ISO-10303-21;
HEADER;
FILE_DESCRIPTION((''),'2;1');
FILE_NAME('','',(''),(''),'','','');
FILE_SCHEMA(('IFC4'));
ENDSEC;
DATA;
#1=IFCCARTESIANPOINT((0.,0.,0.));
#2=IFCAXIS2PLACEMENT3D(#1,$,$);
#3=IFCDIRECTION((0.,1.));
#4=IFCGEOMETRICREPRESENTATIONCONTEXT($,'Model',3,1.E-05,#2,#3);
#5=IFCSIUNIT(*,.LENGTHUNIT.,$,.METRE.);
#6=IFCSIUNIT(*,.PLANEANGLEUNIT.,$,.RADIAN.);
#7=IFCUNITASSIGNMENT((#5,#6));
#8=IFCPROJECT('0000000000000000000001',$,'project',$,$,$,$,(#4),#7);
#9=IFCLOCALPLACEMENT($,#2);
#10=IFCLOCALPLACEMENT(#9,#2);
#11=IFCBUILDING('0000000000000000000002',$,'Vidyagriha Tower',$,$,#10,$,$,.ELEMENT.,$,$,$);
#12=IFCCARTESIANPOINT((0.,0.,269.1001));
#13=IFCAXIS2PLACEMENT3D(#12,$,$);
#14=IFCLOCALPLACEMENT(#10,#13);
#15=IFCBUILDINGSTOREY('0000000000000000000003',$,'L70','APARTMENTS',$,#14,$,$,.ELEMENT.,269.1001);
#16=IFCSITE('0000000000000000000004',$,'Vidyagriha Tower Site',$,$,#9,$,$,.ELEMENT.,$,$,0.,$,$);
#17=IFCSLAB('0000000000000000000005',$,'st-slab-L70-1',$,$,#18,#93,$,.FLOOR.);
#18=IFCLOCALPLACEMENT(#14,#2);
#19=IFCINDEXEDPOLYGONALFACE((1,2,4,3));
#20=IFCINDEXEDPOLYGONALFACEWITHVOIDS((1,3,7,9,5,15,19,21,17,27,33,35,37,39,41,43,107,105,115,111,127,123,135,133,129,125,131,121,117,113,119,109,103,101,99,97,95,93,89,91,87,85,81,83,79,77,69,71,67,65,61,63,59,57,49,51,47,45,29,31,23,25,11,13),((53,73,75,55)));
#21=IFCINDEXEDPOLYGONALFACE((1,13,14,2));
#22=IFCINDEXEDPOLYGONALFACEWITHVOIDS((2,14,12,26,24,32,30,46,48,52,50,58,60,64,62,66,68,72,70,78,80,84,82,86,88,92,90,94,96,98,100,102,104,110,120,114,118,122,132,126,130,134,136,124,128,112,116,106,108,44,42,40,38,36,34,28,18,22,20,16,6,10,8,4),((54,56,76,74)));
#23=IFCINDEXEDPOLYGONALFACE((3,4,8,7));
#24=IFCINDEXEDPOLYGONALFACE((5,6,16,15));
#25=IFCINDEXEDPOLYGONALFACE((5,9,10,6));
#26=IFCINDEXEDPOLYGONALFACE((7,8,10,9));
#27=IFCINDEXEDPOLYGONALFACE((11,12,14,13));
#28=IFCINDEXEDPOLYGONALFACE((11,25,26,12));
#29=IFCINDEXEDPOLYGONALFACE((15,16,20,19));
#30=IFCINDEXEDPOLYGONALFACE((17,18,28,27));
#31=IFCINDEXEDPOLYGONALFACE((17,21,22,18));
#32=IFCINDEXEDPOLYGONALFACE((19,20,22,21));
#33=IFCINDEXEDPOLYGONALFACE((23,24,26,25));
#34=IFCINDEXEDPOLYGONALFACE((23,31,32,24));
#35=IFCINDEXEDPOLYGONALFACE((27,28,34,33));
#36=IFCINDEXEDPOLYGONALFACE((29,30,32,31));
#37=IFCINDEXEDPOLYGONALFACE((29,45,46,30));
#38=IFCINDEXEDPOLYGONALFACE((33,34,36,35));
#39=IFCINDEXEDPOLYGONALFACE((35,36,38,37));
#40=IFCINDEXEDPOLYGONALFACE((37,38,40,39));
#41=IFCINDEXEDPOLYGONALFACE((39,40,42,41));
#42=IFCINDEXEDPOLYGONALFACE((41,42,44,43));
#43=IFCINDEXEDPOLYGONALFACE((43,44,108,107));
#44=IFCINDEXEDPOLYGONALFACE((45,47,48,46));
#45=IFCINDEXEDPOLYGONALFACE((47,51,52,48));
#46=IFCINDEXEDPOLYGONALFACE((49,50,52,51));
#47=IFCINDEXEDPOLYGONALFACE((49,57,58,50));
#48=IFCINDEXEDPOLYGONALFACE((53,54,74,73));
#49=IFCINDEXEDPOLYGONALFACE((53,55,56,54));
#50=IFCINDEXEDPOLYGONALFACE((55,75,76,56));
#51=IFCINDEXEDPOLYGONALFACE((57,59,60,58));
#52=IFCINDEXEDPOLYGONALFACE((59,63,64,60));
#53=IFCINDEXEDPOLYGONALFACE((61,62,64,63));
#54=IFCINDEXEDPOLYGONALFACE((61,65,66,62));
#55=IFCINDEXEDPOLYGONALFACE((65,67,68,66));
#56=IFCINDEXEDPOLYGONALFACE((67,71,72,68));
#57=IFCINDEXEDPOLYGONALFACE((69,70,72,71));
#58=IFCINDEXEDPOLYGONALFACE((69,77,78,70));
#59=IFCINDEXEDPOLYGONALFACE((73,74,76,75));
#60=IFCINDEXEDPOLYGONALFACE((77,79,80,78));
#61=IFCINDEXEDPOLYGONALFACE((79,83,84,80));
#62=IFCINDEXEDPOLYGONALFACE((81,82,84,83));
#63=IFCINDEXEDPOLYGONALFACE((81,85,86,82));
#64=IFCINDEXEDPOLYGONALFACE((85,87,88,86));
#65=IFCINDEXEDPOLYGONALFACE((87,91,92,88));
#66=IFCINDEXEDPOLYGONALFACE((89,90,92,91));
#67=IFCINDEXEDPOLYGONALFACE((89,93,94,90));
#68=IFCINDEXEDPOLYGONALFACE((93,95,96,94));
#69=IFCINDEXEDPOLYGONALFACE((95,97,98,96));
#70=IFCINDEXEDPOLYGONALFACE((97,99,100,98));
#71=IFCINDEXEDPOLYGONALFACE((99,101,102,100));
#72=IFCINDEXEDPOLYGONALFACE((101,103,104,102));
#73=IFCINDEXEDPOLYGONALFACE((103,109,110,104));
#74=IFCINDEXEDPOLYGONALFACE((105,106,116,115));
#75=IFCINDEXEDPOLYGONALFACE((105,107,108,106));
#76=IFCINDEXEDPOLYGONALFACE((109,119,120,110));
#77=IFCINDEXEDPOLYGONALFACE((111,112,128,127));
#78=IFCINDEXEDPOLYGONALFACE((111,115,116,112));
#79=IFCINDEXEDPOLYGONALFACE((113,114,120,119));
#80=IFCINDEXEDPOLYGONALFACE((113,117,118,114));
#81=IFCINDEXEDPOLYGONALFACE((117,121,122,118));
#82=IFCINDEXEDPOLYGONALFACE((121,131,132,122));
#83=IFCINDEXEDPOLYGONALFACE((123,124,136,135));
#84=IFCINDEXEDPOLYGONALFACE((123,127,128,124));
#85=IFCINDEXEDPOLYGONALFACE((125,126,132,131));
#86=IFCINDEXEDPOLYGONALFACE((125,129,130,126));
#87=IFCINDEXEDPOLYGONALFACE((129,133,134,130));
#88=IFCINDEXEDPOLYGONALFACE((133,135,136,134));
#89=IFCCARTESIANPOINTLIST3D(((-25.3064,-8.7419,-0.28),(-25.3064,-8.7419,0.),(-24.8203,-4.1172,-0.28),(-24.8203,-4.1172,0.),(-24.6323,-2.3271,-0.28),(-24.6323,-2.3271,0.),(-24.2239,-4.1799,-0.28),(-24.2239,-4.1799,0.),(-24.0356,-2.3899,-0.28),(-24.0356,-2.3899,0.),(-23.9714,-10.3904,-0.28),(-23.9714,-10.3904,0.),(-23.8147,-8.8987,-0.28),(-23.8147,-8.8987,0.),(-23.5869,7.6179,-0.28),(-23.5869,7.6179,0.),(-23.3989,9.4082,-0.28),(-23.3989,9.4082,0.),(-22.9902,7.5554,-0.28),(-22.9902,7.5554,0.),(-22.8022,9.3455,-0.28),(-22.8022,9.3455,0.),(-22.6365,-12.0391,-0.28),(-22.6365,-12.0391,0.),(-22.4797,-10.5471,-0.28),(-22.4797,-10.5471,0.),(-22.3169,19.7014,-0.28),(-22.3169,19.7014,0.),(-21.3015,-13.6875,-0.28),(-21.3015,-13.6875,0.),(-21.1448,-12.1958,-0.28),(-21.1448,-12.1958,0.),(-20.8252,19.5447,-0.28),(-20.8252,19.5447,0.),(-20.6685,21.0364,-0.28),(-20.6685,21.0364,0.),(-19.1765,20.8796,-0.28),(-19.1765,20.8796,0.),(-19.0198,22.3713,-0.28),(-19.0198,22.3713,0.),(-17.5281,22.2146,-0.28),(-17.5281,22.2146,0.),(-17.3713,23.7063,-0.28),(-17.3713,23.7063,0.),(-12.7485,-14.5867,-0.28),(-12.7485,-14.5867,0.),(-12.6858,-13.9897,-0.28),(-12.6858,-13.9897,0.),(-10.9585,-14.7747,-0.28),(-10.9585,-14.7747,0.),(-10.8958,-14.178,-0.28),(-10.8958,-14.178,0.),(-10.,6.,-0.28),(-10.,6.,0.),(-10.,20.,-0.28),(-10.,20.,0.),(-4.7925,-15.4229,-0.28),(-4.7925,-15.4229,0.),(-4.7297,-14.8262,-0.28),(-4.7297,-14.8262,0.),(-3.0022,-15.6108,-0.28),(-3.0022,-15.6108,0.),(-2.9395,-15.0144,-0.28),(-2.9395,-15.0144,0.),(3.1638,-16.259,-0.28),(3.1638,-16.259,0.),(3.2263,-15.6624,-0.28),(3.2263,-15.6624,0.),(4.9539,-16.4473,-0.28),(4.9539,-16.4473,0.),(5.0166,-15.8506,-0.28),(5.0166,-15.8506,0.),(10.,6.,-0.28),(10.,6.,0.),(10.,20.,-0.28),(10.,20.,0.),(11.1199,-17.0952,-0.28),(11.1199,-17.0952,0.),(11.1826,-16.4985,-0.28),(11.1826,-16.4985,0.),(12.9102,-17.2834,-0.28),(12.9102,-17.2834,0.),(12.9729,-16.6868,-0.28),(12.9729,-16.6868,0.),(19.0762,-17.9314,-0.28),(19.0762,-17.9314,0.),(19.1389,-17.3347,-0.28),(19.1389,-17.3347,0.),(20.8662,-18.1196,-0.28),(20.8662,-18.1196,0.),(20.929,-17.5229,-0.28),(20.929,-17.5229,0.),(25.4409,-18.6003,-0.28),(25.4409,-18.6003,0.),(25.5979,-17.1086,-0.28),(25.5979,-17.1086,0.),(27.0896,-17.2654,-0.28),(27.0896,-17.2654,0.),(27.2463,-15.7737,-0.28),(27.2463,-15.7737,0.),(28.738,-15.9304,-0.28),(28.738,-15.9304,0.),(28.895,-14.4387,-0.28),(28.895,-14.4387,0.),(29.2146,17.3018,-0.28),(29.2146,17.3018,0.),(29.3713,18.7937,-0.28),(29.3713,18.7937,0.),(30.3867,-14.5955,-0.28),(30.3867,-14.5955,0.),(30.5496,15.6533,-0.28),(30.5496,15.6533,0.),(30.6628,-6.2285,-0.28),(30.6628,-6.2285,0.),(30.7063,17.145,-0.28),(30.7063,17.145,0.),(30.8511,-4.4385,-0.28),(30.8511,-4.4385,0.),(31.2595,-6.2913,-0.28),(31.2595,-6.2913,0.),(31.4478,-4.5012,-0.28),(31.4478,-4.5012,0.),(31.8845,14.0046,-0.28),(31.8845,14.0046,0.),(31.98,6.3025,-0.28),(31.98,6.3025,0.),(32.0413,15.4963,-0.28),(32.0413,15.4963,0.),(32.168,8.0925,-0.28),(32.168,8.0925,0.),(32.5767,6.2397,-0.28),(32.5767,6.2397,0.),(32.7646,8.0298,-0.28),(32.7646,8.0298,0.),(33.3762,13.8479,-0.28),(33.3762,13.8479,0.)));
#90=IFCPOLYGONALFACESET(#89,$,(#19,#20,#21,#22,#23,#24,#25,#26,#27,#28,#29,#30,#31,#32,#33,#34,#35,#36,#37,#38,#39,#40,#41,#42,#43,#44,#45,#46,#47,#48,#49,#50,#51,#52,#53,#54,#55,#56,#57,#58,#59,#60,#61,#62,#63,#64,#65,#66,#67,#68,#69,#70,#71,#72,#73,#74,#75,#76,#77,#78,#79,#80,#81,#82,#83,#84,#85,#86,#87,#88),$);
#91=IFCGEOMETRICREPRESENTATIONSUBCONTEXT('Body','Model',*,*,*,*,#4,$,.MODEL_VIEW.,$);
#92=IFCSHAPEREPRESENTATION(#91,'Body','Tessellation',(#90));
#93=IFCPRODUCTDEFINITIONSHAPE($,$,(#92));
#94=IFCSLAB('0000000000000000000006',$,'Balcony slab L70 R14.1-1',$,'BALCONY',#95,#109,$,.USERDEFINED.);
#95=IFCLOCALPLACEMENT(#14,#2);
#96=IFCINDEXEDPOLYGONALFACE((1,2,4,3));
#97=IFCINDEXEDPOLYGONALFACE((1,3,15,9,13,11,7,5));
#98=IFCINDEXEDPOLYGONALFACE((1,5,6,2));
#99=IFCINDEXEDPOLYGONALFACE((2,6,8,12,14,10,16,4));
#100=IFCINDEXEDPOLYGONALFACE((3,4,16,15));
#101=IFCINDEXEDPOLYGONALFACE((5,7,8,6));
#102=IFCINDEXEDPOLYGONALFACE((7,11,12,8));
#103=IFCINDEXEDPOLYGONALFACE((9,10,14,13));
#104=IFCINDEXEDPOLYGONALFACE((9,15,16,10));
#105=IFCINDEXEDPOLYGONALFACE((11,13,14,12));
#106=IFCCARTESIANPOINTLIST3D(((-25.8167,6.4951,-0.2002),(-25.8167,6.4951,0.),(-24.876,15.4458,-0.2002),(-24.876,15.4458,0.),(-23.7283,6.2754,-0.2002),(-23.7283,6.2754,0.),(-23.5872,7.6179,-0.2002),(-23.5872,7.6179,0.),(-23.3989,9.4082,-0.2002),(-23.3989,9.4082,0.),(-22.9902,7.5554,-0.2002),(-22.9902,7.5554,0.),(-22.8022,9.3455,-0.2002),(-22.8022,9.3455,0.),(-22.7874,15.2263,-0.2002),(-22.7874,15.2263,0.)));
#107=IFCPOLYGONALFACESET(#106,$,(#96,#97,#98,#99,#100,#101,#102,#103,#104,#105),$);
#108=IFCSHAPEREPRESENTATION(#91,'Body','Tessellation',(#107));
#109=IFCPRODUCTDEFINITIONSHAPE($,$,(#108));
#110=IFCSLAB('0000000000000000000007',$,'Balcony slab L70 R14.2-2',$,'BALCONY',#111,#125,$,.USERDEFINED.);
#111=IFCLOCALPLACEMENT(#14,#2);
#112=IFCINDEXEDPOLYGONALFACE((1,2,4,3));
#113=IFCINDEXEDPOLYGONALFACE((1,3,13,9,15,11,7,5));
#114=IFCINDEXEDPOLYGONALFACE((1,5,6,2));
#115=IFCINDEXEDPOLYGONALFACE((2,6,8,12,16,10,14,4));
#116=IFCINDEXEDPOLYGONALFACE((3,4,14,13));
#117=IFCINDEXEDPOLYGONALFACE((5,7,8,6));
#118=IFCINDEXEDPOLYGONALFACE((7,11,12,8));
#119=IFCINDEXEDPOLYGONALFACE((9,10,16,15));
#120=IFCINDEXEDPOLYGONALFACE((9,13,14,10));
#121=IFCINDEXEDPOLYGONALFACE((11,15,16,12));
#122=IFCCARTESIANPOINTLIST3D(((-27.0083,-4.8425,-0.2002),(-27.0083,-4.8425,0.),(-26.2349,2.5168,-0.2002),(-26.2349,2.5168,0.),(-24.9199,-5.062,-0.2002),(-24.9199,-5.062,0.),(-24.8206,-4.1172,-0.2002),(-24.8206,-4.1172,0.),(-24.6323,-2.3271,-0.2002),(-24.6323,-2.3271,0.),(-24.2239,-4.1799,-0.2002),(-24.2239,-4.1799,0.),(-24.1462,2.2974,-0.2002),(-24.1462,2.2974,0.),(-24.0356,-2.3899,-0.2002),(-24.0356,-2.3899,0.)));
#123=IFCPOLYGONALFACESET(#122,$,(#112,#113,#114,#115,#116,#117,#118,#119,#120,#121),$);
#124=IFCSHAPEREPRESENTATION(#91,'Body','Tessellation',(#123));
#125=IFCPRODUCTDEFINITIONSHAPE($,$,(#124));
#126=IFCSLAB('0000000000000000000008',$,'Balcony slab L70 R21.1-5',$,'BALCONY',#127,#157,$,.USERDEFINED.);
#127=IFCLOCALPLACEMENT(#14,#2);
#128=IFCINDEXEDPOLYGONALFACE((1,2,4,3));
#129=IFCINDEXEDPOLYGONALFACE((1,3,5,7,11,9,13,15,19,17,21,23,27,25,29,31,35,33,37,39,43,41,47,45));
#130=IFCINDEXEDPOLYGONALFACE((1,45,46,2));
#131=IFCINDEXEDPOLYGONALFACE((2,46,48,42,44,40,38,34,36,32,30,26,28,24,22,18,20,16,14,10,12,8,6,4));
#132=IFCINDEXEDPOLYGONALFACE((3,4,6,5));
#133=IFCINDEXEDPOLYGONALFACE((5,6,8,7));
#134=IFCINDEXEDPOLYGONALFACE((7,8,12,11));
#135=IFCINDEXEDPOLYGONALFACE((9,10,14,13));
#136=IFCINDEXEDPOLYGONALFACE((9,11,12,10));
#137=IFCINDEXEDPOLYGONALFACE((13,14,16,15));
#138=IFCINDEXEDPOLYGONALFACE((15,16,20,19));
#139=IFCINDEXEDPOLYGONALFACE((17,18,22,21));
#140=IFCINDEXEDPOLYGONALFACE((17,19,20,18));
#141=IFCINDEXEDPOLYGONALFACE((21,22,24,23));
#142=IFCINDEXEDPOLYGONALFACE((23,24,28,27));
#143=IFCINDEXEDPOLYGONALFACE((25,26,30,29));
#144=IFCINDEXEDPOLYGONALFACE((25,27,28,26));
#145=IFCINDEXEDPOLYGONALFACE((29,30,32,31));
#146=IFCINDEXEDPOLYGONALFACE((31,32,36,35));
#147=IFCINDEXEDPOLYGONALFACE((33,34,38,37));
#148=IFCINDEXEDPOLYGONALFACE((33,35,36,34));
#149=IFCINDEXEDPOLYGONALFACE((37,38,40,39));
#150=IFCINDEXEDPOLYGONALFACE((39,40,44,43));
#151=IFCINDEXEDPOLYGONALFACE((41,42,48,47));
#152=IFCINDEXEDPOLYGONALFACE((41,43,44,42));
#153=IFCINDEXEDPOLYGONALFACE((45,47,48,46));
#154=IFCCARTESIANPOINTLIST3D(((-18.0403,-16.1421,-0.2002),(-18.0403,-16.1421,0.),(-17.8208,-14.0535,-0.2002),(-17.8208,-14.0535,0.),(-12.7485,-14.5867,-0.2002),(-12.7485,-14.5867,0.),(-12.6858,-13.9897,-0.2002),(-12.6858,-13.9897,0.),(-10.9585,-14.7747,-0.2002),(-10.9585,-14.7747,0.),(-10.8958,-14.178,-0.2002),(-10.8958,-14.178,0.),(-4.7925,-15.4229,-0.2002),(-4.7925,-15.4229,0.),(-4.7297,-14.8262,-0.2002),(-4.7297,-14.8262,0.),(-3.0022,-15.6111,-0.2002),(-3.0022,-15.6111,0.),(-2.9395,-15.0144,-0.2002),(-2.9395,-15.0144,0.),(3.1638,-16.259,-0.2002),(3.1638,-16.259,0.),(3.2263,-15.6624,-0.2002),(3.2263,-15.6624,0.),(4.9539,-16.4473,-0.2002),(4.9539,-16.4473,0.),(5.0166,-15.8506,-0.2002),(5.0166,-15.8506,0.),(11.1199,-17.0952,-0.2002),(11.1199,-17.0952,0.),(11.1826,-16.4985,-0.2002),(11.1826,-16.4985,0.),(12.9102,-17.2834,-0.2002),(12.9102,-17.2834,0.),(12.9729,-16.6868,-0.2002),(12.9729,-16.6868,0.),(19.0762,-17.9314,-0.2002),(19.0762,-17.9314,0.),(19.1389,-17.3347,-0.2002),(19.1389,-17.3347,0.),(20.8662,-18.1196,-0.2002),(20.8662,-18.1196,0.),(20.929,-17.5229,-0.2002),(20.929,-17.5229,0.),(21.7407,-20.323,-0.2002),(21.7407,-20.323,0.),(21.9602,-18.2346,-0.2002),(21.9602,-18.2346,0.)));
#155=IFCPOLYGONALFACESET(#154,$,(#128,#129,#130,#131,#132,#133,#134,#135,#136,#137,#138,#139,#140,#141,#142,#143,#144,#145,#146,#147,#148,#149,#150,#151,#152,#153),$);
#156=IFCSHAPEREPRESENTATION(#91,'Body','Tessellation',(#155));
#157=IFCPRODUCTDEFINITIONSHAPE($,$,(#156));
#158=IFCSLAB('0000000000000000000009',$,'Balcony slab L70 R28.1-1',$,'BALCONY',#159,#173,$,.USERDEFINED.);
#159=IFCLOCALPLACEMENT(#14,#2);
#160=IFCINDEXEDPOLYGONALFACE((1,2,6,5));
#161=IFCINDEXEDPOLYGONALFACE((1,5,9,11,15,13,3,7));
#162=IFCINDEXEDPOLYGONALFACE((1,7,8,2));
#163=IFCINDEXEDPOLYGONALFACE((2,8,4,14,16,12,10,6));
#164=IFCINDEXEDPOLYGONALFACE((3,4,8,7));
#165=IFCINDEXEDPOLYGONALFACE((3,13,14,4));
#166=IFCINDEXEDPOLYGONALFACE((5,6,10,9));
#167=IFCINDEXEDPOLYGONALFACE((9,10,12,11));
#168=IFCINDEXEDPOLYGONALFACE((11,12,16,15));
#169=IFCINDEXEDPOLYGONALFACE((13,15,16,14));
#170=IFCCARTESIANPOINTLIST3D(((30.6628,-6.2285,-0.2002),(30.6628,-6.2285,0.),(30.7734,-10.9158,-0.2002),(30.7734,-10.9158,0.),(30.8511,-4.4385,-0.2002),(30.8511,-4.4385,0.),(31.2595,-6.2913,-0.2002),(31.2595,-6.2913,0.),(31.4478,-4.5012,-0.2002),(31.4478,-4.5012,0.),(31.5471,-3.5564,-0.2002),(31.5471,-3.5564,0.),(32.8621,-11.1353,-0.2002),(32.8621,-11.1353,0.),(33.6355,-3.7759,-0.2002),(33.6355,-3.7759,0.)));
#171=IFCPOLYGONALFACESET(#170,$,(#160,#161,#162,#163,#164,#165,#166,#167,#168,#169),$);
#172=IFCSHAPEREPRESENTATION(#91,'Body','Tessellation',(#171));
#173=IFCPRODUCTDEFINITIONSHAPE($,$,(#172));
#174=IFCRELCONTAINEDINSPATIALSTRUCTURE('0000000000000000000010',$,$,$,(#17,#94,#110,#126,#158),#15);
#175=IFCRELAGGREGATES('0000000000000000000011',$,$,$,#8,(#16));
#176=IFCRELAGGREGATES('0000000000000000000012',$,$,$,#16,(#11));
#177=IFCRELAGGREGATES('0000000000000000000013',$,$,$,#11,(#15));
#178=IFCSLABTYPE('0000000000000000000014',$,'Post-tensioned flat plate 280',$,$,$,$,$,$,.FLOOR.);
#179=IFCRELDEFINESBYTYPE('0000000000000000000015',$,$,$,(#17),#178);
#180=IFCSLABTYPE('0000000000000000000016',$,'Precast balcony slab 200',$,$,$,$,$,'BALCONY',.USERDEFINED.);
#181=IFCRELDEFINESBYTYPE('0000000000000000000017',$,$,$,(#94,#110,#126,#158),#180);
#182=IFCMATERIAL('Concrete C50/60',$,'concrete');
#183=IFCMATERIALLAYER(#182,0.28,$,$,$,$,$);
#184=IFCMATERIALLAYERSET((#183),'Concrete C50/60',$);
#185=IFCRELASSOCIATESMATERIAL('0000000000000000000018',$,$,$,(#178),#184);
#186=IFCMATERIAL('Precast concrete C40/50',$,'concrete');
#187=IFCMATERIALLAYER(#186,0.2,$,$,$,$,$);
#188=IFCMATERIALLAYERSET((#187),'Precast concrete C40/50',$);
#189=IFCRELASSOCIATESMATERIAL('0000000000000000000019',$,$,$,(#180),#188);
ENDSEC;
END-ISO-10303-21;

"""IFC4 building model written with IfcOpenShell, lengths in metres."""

from ifc_helpers import new_model, si_unit, direction, frame, origin, place, context, subcontext, project, spatial, polyline, outline, extrude, material, layer, layer_set, type_object, element, save


model = new_model("IFC4")

# Units and contexts
model_context = context("Model", 3, precision=1e-05, world=origin(), true_north=direction((0.0, 1.0)))
body_context = subcontext(model_context, "Body", "Model", "MODEL_VIEW")
ifc_project = project(units=[si_unit("LENGTHUNIT", "METRE"), si_unit("PLANEANGLEUNIT", "RADIAN")], contexts=[model_context])

# Site, building, storey
site_placement = place(None, origin())
site = spatial("IfcSite", under=ifc_project, at=site_placement, Name="Vidyagriha Tower Site", CompositionType="ELEMENT", RefElevation=0.0)
building_placement = place(site_placement, origin())
building = spatial("IfcBuilding", under=site, at=building_placement, Name="Vidyagriha Tower", CompositionType="ELEMENT")
storey_placement = place(building_placement, frame((0.0, 0.0, 269.1001)))
storey = spatial("IfcBuildingStorey", under=building, at=storey_placement, Name="L70", Description="APARTMENTS", CompositionType="ELEMENT", Elevation=269.1001)

# Slabs
ifc_material_1 = material(Name="Concrete C50/60", Category="concrete")
ifc_layer_1 = layer(ifc_material_1, 0.28)
ifc_layer_set_1 = layer_set([ifc_layer_1], Name="Concrete C50/60")
slab_type_1 = type_object("IfcSlabType", Name="Post-tensioned flat plate 280", PredefinedType="FLOOR", material=ifc_layer_set_1)
slab_1_placement = place(storey_placement, frame((0.0, 0.0, -0.28)))
element("IfcSlab", 1, at=slab_1_placement, inside=storey, type_object=slab_type_1, Name="st-slab-L70-1", PredefinedType="FLOOR", context=body_context, shape_type="SweptSolid", body=[
    extrude(outline(polyline([(28.738, -15.9304), (27.2463, -15.7737), (27.0896, -17.2654), (25.5979, -17.1086), (25.4409, -18.6003), (20.8662, -18.1196), (20.929, -17.5229), (19.1389, -17.3347), (19.0762, -17.9314), (12.9102, -17.2834), (12.9729, -16.6868), (11.1826, -16.4985), (11.1199, -17.0952), (4.9539, -16.4473), (5.0166, -15.8506), (3.2263, -15.6624), (3.1638, -16.259), (-3.0022, -15.6108), (-2.9395, -15.0144), (-4.7297, -14.8262), (-4.7925, -15.4229), (-10.9585, -14.7747), (-10.8958, -14.178), (-12.6858, -13.9897), (-12.7485, -14.5867), (-21.3015, -13.6875), (-21.1448, -12.1958), (-22.6365, -12.0391), (-22.4797, -10.5471), (-23.9714, -10.3904), (-23.8147, -8.8987), (-25.3064, -8.7419), (-24.8203, -4.1172), (-24.2239, -4.1799), (-24.0356, -2.3899), (-24.6323, -2.3271), (-23.5869, 7.6179), (-22.9902, 7.5554), (-22.8022, 9.3455), (-23.3989, 9.4082), (-22.3169, 19.7014), (-20.8252, 19.5447), (-20.6685, 21.0364), (-19.1765, 20.8796), (-19.0198, 22.3713), (-17.5281, 22.2146), (-17.3713, 23.7063), (29.3713, 18.7937), (29.2146, 17.3018), (30.7063, 17.145), (30.5496, 15.6533), (32.0413, 15.4963), (31.8845, 14.0046), (33.3762, 13.8479), (32.7646, 8.0298), (32.168, 8.0925), (31.98, 6.3025), (32.5767, 6.2397), (31.4478, -4.5012), (30.8511, -4.4385), (30.6628, -6.2285), (31.2595, -6.2913), (30.3867, -14.5955), (28.895, -14.4387), (28.738, -15.9304)]), holes=[polyline([(-10.0, 20.0), (-10.0, 6.0), (10.0, 6.0), (10.0, 20.0), (-10.0, 20.0)])]), origin(), (0.0, 0.0, 1.0), 0.28),
])
ifc_material_2 = material(Name="Precast concrete C40/50", Category="concrete")
ifc_layer_2 = layer(ifc_material_2, 0.2)
ifc_layer_set_2 = layer_set([ifc_layer_2], Name="Precast concrete C40/50")
slab_type_2 = type_object("IfcSlabType", Name="Precast balcony slab 200", ElementType="BALCONY", PredefinedType="USERDEFINED", material=ifc_layer_set_2)
slab_2_placement = place(storey_placement, frame((0.0, 0.0, -0.2002)))
element("IfcSlab", 2, at=slab_2_placement, inside=storey, type_object=slab_type_2, Name="Balcony slab L70 R14.1-1", ObjectType="BALCONY", PredefinedType="USERDEFINED", context=body_context, shape_type="SweptSolid", body=[
    extrude(outline(polyline([(-22.9902, 7.5554), (-22.8022, 9.3455), (-23.3989, 9.4082), (-22.7874, 15.2263), (-24.876, 15.4458), (-25.8167, 6.4951), (-23.7283, 6.2754), (-23.5872, 7.6179), (-22.9902, 7.5554)])), origin(), (0.0, 0.0, 1.0), 0.2002),
])
slab_3_placement = place(storey_placement, frame((0.0, 0.0, -0.2002)))
element("IfcSlab", 3, at=slab_3_placement, inside=storey, type_object=slab_type_2, Name="Balcony slab L70 R14.2-2", ObjectType="BALCONY", PredefinedType="USERDEFINED", context=body_context, shape_type="SweptSolid", body=[
    extrude(outline(polyline([(-24.2239, -4.1799), (-24.0356, -2.3899), (-24.6323, -2.3271), (-24.1462, 2.2974), (-26.2349, 2.5168), (-27.0083, -4.8425), (-24.9199, -5.062), (-24.8206, -4.1172), (-24.2239, -4.1799)])), origin(), (0.0, 0.0, 1.0), 0.2002),
])
slab_4_placement = place(storey_placement, frame((0.0, 0.0, -0.2002)))
element("IfcSlab", 4, at=slab_4_placement, inside=storey, type_object=slab_type_2, Name="Balcony slab L70 R21.1-5", ObjectType="BALCONY", PredefinedType="USERDEFINED", context=body_context, shape_type="SweptSolid", body=[
    extrude(outline(polyline([(20.8662, -18.1196), (20.929, -17.5229), (19.1389, -17.3347), (19.0762, -17.9314), (12.9102, -17.2834), (12.9729, -16.6868), (11.1826, -16.4985), (11.1199, -17.0952), (4.9539, -16.4473), (5.0166, -15.8506), (3.2263, -15.6624), (3.1638, -16.259), (-3.0022, -15.6111), (-2.9395, -15.0144), (-4.7297, -14.8262), (-4.7925, -15.4229), (-10.9585, -14.7747), (-10.8958, -14.178), (-12.6858, -13.9897), (-12.7485, -14.5867), (-17.8208, -14.0535), (-18.0403, -16.1421), (21.7407, -20.323), (21.9602, -18.2346), (20.8662, -18.1196)])), origin(), (0.0, 0.0, 1.0), 0.2002),
])
slab_5_placement = place(storey_placement, frame((0.0, 0.0, -0.2002)))
element("IfcSlab", 5, at=slab_5_placement, inside=storey, type_object=slab_type_2, Name="Balcony slab L70 R28.1-1", ObjectType="BALCONY", PredefinedType="USERDEFINED", context=body_context, shape_type="SweptSolid", body=[
    extrude(outline(polyline([(31.2595, -6.2913), (30.7734, -10.9158), (32.8621, -11.1353), (33.6355, -3.7759), (31.5471, -3.5564), (31.4478, -4.5012), (30.8511, -4.4385), (30.6628, -6.2285), (31.2595, -6.2913)])), origin(), (0.0, 0.0, 1.0), 0.2002),
])

save(model, "model.ifc")
